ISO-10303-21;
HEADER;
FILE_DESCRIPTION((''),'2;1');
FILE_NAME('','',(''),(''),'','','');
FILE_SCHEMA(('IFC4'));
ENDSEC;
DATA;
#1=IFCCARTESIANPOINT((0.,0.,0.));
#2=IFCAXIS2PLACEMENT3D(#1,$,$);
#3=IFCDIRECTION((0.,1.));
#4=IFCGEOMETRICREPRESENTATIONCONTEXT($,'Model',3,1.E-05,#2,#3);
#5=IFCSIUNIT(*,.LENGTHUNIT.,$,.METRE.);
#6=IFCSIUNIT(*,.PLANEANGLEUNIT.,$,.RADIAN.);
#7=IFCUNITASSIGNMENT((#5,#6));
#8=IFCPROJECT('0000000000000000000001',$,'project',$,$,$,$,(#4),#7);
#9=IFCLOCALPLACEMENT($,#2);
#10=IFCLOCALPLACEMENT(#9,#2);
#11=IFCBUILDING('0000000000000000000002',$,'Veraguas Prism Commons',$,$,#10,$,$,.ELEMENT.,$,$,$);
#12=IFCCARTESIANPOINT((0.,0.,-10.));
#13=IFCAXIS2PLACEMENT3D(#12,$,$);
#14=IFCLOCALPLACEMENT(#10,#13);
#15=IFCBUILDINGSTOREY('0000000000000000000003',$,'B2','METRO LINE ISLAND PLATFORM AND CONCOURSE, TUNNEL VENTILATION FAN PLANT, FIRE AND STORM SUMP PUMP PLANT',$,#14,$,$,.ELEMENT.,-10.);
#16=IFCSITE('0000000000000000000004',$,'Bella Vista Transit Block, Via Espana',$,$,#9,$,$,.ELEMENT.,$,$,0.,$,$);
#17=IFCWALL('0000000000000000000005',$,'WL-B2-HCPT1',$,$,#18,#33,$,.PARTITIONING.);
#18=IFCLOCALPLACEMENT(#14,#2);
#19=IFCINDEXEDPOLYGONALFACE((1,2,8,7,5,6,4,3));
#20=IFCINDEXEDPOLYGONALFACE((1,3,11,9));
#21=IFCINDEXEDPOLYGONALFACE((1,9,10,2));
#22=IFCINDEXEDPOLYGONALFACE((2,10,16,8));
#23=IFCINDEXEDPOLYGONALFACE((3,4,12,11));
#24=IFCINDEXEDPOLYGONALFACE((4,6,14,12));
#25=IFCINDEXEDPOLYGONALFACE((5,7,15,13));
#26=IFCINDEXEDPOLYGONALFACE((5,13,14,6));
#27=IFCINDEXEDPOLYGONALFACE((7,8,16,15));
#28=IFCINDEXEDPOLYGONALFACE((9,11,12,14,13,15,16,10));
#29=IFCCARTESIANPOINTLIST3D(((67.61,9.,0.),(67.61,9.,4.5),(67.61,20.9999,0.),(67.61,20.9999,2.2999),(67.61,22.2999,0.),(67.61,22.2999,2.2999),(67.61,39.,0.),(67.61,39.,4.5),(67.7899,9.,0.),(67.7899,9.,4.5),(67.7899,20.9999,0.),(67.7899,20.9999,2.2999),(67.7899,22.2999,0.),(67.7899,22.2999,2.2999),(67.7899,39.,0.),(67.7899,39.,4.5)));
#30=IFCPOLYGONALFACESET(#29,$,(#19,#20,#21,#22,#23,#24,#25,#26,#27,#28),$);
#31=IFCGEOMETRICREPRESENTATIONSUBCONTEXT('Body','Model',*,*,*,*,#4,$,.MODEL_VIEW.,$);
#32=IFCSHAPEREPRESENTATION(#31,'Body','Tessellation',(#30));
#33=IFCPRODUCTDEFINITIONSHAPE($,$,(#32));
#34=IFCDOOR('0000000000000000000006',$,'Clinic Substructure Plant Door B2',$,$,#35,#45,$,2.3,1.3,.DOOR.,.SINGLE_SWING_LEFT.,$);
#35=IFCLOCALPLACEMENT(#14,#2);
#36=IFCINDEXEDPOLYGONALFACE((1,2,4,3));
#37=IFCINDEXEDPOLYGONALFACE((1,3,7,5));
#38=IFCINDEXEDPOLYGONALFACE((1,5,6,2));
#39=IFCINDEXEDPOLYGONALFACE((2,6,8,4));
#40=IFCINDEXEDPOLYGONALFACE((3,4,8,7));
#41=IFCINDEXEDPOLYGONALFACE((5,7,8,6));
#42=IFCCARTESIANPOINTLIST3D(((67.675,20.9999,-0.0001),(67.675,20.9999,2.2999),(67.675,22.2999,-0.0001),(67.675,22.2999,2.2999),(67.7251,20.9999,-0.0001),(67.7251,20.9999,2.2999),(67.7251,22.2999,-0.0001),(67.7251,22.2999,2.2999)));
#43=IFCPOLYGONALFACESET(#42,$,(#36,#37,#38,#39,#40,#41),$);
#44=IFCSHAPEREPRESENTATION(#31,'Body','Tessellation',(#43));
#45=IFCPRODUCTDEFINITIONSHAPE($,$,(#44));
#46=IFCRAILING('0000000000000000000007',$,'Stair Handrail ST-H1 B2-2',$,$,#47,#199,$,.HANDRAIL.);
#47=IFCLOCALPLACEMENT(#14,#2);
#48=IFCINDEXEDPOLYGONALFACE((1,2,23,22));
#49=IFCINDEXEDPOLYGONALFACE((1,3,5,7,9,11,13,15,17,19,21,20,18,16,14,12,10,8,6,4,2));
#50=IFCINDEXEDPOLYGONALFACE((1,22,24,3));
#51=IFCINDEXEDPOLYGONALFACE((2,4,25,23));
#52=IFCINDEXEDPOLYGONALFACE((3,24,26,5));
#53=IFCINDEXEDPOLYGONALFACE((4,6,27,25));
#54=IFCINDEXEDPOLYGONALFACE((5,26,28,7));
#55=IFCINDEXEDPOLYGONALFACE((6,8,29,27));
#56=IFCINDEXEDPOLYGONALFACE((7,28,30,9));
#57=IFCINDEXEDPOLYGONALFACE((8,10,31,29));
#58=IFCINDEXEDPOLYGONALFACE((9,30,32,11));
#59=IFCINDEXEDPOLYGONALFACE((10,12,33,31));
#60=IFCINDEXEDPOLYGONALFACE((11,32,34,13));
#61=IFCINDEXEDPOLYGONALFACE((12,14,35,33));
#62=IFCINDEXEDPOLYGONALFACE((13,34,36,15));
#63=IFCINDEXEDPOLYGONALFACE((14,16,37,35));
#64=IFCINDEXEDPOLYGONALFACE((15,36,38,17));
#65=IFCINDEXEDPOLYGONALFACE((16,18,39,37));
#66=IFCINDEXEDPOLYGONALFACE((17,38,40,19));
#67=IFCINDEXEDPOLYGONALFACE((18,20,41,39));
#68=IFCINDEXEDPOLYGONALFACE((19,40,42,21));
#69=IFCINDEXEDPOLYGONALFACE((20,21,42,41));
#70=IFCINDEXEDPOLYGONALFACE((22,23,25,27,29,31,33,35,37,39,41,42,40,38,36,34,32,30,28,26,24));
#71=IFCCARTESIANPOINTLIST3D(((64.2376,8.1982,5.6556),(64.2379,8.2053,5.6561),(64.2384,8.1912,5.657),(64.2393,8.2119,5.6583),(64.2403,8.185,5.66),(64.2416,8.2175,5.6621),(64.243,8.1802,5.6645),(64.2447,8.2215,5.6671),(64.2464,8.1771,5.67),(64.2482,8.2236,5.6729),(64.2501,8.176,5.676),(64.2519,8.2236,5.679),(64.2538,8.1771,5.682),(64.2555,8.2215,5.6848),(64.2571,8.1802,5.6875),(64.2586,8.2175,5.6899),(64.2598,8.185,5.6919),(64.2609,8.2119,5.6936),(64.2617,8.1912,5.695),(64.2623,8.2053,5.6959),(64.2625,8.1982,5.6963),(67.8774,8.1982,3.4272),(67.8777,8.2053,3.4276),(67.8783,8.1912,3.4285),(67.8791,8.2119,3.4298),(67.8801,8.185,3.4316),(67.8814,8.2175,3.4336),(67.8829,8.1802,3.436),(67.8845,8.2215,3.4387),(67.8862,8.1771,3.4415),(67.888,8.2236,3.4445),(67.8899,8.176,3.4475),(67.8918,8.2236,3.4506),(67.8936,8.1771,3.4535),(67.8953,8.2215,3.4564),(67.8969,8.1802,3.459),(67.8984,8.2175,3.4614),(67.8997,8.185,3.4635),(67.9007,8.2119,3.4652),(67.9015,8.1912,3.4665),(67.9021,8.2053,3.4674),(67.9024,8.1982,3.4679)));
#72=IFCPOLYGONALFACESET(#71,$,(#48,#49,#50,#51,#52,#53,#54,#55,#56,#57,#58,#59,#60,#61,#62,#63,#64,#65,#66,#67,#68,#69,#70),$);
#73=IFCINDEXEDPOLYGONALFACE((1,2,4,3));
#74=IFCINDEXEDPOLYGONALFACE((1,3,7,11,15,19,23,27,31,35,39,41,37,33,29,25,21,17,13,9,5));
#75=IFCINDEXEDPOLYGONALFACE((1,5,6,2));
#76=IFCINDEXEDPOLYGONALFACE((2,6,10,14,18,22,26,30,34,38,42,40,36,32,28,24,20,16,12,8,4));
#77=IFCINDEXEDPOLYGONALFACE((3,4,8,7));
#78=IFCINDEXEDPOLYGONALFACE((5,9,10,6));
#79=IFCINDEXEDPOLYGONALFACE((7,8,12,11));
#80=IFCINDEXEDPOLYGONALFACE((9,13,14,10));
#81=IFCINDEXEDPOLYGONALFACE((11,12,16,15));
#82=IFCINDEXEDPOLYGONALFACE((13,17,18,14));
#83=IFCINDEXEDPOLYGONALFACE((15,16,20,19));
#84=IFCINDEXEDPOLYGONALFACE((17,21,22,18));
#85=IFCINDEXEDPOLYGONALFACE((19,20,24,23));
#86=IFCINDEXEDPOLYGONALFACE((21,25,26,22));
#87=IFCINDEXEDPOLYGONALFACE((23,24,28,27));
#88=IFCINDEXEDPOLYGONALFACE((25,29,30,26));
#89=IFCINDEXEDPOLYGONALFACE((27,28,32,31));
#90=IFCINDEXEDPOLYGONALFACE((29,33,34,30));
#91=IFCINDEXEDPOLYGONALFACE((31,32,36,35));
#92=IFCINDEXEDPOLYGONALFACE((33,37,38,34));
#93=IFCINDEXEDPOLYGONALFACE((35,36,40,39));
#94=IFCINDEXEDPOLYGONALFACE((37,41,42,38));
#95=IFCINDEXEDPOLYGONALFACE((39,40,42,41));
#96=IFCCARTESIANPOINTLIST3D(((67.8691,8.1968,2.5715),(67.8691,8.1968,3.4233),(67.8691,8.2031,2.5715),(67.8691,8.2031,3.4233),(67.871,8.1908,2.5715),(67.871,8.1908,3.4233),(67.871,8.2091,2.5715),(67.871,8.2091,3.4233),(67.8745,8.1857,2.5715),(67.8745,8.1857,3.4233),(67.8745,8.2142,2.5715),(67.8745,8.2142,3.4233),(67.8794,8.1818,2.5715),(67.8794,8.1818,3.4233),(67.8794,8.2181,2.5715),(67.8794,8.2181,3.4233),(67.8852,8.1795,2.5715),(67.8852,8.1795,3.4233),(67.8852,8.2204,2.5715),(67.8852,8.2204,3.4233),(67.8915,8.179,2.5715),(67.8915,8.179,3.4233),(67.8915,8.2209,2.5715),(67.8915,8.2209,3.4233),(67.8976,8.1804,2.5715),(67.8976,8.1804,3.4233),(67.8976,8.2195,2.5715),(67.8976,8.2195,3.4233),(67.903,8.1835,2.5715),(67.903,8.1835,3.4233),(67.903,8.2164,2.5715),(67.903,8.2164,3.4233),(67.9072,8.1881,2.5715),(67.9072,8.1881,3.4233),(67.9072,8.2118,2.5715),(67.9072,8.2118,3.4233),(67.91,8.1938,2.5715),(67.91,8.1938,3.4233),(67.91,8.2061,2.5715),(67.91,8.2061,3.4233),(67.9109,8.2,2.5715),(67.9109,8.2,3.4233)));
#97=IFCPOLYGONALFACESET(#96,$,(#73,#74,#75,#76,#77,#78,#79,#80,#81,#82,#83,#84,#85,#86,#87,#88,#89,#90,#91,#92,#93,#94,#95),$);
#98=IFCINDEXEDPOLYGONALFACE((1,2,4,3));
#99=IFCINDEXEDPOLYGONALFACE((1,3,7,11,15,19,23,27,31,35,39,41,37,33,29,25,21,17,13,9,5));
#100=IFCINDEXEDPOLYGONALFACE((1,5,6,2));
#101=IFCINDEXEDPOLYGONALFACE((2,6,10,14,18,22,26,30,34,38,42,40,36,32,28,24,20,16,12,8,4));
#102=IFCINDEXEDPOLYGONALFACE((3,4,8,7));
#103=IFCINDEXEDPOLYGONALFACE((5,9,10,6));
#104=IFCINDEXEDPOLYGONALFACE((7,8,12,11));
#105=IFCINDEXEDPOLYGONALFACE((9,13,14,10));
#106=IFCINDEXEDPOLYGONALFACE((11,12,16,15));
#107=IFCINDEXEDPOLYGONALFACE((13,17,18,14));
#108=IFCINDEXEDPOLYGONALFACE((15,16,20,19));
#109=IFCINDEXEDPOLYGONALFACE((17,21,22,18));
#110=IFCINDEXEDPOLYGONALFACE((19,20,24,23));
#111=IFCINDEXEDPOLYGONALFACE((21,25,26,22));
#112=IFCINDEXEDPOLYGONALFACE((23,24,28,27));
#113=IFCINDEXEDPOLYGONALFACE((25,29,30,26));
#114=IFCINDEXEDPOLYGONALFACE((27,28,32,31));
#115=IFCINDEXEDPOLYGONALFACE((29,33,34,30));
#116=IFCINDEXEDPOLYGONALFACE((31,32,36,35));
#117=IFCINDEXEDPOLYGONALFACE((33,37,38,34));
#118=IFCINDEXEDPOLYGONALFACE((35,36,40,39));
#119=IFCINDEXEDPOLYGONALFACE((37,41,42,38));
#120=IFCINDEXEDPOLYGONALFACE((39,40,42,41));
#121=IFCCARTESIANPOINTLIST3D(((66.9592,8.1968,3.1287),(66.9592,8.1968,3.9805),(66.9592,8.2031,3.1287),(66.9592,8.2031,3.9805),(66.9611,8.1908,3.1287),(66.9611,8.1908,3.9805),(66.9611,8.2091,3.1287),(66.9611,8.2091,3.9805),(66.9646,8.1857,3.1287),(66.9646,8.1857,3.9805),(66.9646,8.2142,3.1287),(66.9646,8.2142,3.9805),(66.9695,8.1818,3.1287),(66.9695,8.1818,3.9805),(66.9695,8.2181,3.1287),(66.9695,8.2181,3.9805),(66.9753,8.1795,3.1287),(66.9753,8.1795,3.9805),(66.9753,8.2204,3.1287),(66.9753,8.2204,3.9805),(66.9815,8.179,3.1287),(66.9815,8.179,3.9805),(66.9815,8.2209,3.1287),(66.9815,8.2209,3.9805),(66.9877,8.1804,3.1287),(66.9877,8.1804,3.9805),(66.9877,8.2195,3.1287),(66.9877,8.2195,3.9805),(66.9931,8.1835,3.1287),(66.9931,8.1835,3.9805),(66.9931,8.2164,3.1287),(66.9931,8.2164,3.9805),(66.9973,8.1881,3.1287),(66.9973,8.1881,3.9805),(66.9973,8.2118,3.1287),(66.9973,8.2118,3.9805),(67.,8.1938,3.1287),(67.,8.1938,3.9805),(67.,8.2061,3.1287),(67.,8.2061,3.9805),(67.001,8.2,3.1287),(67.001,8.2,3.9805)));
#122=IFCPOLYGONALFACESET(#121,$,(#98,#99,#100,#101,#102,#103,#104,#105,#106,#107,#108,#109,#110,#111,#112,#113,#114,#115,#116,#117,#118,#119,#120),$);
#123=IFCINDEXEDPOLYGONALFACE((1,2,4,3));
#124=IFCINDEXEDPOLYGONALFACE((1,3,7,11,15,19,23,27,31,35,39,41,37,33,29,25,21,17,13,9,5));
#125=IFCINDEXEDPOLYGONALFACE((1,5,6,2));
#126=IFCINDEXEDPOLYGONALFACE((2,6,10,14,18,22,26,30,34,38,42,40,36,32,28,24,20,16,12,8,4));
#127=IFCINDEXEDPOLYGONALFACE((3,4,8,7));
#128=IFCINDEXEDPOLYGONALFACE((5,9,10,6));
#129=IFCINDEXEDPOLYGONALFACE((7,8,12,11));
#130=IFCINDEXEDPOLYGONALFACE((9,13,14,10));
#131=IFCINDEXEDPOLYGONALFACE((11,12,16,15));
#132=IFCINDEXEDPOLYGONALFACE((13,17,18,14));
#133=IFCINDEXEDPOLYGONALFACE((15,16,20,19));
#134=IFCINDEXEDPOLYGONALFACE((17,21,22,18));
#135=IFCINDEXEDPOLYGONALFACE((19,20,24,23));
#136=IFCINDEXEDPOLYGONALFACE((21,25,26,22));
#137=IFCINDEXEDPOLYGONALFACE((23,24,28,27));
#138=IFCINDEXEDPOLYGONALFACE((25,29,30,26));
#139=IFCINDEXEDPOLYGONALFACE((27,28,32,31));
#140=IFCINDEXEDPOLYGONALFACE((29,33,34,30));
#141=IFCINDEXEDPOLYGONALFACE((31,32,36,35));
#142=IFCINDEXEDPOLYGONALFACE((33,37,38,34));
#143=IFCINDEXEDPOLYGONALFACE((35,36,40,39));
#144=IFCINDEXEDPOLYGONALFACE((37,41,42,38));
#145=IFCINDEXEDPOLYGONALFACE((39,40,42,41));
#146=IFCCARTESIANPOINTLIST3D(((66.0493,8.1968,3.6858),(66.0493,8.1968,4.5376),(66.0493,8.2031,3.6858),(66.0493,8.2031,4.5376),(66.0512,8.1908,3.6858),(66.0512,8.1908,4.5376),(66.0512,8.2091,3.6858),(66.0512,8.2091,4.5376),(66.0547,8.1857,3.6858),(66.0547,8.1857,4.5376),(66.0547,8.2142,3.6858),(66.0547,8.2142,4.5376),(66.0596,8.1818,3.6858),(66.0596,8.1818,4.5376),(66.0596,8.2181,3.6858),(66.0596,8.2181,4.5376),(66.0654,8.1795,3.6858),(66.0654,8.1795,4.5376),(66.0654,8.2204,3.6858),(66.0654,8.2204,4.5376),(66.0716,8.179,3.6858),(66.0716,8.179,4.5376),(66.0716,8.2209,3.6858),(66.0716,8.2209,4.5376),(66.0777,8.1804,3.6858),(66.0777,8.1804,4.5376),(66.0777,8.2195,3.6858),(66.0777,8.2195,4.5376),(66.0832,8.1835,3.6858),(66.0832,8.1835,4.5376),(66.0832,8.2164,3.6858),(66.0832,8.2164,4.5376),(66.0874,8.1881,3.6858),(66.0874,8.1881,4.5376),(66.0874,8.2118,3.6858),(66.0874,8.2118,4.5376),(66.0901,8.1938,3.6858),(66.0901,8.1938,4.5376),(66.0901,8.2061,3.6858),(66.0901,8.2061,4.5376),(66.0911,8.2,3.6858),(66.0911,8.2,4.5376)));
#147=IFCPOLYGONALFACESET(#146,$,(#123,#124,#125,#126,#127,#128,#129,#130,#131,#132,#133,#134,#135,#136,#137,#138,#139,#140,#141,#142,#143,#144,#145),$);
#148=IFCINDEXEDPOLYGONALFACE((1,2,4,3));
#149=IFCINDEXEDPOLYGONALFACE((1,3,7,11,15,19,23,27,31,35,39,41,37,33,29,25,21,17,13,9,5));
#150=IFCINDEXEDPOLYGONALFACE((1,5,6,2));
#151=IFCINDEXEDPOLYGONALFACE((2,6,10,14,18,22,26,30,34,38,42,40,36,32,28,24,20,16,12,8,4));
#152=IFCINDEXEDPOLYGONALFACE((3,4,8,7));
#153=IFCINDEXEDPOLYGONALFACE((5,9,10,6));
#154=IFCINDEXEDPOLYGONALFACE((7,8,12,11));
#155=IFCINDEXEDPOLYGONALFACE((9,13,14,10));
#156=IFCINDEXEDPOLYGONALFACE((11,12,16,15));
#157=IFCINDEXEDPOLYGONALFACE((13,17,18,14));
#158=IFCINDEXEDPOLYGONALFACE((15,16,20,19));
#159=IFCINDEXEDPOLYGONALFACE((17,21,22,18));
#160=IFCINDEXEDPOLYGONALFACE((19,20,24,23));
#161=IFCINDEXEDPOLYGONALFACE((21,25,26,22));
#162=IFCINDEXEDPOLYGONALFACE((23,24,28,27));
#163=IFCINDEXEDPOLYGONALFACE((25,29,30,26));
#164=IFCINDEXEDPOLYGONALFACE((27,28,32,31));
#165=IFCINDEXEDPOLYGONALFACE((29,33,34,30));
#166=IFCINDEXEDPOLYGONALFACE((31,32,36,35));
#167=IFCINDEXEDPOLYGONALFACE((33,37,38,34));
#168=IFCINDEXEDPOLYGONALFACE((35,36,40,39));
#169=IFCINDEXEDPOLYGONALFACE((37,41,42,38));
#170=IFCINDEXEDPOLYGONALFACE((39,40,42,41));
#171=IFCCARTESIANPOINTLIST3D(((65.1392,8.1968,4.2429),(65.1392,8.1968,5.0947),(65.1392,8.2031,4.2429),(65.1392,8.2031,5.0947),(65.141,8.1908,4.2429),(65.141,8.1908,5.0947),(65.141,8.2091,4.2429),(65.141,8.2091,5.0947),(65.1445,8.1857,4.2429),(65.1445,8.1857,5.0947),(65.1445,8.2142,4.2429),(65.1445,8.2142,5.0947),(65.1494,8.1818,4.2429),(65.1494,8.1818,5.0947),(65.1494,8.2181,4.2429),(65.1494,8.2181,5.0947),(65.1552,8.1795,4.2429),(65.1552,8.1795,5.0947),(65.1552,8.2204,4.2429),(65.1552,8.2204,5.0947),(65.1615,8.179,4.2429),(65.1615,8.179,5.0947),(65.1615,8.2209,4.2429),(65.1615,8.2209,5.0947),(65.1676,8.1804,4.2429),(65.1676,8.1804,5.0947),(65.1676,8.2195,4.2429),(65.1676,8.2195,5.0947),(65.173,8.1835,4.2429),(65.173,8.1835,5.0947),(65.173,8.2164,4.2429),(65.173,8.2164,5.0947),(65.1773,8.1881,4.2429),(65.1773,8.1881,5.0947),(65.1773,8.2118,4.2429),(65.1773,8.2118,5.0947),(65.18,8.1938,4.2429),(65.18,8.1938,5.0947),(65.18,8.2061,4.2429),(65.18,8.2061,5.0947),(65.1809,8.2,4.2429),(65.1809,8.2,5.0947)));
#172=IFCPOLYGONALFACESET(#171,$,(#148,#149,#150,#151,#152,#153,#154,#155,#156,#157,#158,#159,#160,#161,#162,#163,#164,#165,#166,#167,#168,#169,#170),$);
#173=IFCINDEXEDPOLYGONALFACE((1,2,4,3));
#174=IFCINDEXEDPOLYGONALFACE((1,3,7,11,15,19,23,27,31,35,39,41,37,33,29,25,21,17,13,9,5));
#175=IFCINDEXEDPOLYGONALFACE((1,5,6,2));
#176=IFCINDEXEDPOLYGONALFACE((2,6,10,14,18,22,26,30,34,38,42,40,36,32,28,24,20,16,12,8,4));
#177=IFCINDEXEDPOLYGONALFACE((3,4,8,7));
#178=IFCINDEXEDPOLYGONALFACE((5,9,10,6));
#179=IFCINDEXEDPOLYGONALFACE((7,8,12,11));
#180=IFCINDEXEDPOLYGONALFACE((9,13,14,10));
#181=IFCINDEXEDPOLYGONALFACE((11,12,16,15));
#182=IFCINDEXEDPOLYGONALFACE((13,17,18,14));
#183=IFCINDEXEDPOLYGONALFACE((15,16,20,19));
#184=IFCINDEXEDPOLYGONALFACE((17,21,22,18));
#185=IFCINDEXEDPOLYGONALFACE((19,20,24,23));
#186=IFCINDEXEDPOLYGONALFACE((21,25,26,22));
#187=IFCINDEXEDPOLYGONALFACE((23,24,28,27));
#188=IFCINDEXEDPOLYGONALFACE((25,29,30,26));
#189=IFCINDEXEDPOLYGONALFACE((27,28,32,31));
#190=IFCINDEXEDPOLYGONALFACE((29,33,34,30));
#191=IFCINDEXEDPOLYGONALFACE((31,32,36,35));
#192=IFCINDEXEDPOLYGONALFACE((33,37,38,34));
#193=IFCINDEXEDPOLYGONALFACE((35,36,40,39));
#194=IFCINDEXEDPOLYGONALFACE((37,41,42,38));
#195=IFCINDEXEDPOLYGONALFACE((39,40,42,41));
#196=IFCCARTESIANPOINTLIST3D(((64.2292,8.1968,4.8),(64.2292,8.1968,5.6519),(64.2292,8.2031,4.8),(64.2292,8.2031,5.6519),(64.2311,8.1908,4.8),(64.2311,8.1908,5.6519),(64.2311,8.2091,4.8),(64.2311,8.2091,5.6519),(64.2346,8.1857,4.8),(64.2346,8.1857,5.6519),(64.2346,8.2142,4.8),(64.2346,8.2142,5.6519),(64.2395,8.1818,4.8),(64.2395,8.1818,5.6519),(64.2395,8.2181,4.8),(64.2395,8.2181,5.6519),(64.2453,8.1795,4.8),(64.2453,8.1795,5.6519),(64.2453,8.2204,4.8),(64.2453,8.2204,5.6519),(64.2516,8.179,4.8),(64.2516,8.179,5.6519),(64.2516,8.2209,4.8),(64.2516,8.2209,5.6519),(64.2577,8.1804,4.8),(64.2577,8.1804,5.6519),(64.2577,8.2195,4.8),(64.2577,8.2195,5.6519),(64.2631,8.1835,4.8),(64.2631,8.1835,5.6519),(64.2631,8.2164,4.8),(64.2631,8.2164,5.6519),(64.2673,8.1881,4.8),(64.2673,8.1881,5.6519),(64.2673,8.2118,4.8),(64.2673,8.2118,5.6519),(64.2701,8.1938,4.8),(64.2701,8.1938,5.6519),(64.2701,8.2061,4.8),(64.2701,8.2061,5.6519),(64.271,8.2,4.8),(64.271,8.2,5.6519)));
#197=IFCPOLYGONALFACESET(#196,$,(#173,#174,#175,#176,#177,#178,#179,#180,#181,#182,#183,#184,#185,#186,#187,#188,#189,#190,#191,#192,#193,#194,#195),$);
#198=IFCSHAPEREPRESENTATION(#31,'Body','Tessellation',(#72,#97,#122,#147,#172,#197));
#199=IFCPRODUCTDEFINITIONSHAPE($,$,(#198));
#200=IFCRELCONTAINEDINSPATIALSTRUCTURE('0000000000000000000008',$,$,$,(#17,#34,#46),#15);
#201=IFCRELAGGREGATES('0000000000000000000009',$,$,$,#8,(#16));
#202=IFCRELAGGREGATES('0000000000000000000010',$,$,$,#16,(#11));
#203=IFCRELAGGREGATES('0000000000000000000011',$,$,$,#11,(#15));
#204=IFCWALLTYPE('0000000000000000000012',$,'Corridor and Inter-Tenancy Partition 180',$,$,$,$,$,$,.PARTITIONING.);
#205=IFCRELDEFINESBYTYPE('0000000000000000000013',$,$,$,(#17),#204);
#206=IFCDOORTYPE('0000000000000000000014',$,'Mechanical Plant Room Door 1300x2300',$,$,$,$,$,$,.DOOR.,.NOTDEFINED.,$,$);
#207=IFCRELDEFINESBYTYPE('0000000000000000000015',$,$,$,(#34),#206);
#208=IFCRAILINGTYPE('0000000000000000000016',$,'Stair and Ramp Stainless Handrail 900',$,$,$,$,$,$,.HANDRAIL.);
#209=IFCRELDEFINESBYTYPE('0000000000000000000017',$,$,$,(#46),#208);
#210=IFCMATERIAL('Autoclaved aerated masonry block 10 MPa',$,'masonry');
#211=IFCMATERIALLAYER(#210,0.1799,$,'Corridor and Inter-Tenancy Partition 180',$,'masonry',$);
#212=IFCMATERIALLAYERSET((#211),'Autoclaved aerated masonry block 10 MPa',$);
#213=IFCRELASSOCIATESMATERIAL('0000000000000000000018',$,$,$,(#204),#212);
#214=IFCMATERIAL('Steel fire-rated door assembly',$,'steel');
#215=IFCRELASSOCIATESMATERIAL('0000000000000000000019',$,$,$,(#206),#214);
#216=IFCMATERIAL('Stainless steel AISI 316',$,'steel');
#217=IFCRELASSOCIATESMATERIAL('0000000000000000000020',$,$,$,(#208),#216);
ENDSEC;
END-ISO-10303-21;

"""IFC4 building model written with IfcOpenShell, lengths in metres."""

from ifc_helpers import new_model, si_unit, direction, frame, frame_2d, origin, origin_2d, place, context, subcontext, project, spatial, rectangle, circle, extrude, source, transform, mapped, material, layer, layer_set, type_object, element, fill, save


model = new_model("IFC4")

# Units and contexts
model_context = context("Model", 3, precision=1e-05, world=origin(), true_north=direction((0.0, 1.0)))
body_context = subcontext(model_context, "Body", "Model", "MODEL_VIEW")
ifc_project = project(units=[si_unit("LENGTHUNIT", "METRE"), si_unit("PLANEANGLEUNIT", "RADIAN")], contexts=[model_context])

# Site, building, storey
site_placement = place(None, origin())
site = spatial("IfcSite", under=ifc_project, at=site_placement, Name="Bella Vista Transit Block, Via Espana", CompositionType="ELEMENT", RefElevation=0.0)
building_placement = place(site_placement, origin())
building = spatial("IfcBuilding", under=site, at=building_placement, Name="Veraguas Prism Commons", CompositionType="ELEMENT")
storey_placement = place(building_placement, frame((0.0, 0.0, -10.0)))
storey = spatial("IfcBuildingStorey", under=building, at=storey_placement, Name="B2", Description="METRO LINE ISLAND PLATFORM AND CONCOURSE, TUNNEL VENTILATION FAN PLANT, FIRE AND STORM SUMP PUMP PLANT", CompositionType="ELEMENT", Elevation=-10.0)

# Wall, opening, door
ifc_material_1 = material(Name="Steel fire-rated door assembly", Category="steel")
ifc_material_2 = material(Name="Autoclaved aerated masonry block 10 MPa", Category="masonry")
ifc_layer_1 = layer(ifc_material_2, 0.1799, Name="Corridor and Inter-Tenancy Partition 180", Category="masonry")
ifc_layer_set_1 = layer_set([ifc_layer_1], Name="Autoclaved aerated masonry block 10 MPa")
wall_type_1 = type_object("IfcWallType", Name="Corridor and Inter-Tenancy Partition 180", PredefinedType="PARTITIONING", material=ifc_layer_set_1)
wall_1_placement = place(storey_placement, frame((67.7, 9.0, 0.0), z_axis=(0.0, 0.0, 1.0), x_axis=(0.0, 1.0, 0.0)))
wall_1 = element("IfcWall", 1, at=wall_1_placement, inside=storey, type_object=wall_type_1, Name="WL-B2-HCPT1", PredefinedType="PARTITIONING", context=body_context, shape_type="SweptSolid", body=[
    extrude(rectangle(XDim=30.0, YDim=0.1799, at=frame_2d((15.0, 0.0))), origin(), (0.0, 0.0, 1.0), 4.5),
])
opening_1_placement = place(wall_1_placement, frame((12.0, 0.0, 0.0)))
opening_1 = element("IfcOpeningElement", 2, at=opening_1_placement, cuts=wall_1, PredefinedType="OPENING", context=body_context, shape_type="SweptSolid", body=[
    extrude(rectangle(XDim=1.3, YDim=2.3, at=frame_2d((0.6499, 1.1499))), frame((0.0, 0.0999, 0.0), z_axis=(0.0, -1.0, 0.0), x_axis=(1.0, 0.0, 0.0)), (0.0, 0.0, 1.0), 0.2),
])
door_type_1 = type_object("IfcDoorType", Name="Mechanical Plant Room Door 1300x2300", OperationType="NOTDEFINED", PredefinedType="DOOR", material=ifc_material_1)
shared_shape_1 = source(origin(), body_context, "Body", "SweptSolid", [
    extrude(rectangle(XDim=1.3, YDim=2.3, at=frame_2d((0.6499, 1.1499))), frame((0.0, 0.0249, 0.0), z_axis=(0.0, -1.0, 0.0), x_axis=(1.0, 0.0, 0.0)), (0.0, 0.0, 1.0), 0.05),
])
door_1_placement = place(opening_1_placement, origin())
door_1 = element("IfcDoor", 3, at=door_1_placement, inside=storey, type_object=door_type_1, Name="Clinic Substructure Plant Door B2", OperationType="SINGLE_SWING_LEFT", OverallHeight=2.3, OverallWidth=1.3, PredefinedType="DOOR", context=body_context, shape_type="MappedRepresentation", body=[
    mapped(shared_shape_1, transform((0.0, 0.0, 0.0), scale=1.0)),
])
fill(opening_1, door_1)

# Railing
ifc_material_3 = material(Name="Stainless steel AISI 316", Category="steel")
railing_type = type_object("IfcRailingType", Name="Stair and Ramp Stainless Handrail 900", PredefinedType="HANDRAIL", material=ifc_material_3)
railing_placement = place(storey_placement, frame((67.8899, 8.2, 2.5715)))
element("IfcRailing", 4, at=railing_placement, inside=storey, type_object=railing_type, Name="Stair Handrail ST-H1 B2-2", PredefinedType="HANDRAIL", context=body_context, shape_type="SweptSolid", body=[
    extrude(circle(Radius=0.0239, at=origin_2d()), frame((0.0, 0.0, 0.876), z_axis=(-0.85285, 0.0, 0.522156), x_axis=(0.0, -1.0, 0.0)), (0.0, 0.0, 1.0), 4.2678),
    extrude(circle(Radius=0.021, at=origin_2d()), origin(), (0.0, 0.0, 1.0), 0.8518),
    extrude(circle(Radius=0.021, at=origin_2d()), frame((-0.9099, 0.0, 0.5571)), (0.0, 0.0, 1.0), 0.8518),
    extrude(circle(Radius=0.021, at=origin_2d()), frame((-1.8198, 0.0, 1.1143)), (0.0, 0.0, 1.0), 0.8518),
    extrude(circle(Radius=0.021, at=origin_2d()), frame((-2.73, 0.0, 1.6714)), (0.0, 0.0, 1.0), 0.8518),
    extrude(circle(Radius=0.021, at=origin_2d()), frame((-3.6399, 0.0, 2.2285)), (0.0, 0.0, 1.0), 0.8518),
])

save(model, "model.ifc")
